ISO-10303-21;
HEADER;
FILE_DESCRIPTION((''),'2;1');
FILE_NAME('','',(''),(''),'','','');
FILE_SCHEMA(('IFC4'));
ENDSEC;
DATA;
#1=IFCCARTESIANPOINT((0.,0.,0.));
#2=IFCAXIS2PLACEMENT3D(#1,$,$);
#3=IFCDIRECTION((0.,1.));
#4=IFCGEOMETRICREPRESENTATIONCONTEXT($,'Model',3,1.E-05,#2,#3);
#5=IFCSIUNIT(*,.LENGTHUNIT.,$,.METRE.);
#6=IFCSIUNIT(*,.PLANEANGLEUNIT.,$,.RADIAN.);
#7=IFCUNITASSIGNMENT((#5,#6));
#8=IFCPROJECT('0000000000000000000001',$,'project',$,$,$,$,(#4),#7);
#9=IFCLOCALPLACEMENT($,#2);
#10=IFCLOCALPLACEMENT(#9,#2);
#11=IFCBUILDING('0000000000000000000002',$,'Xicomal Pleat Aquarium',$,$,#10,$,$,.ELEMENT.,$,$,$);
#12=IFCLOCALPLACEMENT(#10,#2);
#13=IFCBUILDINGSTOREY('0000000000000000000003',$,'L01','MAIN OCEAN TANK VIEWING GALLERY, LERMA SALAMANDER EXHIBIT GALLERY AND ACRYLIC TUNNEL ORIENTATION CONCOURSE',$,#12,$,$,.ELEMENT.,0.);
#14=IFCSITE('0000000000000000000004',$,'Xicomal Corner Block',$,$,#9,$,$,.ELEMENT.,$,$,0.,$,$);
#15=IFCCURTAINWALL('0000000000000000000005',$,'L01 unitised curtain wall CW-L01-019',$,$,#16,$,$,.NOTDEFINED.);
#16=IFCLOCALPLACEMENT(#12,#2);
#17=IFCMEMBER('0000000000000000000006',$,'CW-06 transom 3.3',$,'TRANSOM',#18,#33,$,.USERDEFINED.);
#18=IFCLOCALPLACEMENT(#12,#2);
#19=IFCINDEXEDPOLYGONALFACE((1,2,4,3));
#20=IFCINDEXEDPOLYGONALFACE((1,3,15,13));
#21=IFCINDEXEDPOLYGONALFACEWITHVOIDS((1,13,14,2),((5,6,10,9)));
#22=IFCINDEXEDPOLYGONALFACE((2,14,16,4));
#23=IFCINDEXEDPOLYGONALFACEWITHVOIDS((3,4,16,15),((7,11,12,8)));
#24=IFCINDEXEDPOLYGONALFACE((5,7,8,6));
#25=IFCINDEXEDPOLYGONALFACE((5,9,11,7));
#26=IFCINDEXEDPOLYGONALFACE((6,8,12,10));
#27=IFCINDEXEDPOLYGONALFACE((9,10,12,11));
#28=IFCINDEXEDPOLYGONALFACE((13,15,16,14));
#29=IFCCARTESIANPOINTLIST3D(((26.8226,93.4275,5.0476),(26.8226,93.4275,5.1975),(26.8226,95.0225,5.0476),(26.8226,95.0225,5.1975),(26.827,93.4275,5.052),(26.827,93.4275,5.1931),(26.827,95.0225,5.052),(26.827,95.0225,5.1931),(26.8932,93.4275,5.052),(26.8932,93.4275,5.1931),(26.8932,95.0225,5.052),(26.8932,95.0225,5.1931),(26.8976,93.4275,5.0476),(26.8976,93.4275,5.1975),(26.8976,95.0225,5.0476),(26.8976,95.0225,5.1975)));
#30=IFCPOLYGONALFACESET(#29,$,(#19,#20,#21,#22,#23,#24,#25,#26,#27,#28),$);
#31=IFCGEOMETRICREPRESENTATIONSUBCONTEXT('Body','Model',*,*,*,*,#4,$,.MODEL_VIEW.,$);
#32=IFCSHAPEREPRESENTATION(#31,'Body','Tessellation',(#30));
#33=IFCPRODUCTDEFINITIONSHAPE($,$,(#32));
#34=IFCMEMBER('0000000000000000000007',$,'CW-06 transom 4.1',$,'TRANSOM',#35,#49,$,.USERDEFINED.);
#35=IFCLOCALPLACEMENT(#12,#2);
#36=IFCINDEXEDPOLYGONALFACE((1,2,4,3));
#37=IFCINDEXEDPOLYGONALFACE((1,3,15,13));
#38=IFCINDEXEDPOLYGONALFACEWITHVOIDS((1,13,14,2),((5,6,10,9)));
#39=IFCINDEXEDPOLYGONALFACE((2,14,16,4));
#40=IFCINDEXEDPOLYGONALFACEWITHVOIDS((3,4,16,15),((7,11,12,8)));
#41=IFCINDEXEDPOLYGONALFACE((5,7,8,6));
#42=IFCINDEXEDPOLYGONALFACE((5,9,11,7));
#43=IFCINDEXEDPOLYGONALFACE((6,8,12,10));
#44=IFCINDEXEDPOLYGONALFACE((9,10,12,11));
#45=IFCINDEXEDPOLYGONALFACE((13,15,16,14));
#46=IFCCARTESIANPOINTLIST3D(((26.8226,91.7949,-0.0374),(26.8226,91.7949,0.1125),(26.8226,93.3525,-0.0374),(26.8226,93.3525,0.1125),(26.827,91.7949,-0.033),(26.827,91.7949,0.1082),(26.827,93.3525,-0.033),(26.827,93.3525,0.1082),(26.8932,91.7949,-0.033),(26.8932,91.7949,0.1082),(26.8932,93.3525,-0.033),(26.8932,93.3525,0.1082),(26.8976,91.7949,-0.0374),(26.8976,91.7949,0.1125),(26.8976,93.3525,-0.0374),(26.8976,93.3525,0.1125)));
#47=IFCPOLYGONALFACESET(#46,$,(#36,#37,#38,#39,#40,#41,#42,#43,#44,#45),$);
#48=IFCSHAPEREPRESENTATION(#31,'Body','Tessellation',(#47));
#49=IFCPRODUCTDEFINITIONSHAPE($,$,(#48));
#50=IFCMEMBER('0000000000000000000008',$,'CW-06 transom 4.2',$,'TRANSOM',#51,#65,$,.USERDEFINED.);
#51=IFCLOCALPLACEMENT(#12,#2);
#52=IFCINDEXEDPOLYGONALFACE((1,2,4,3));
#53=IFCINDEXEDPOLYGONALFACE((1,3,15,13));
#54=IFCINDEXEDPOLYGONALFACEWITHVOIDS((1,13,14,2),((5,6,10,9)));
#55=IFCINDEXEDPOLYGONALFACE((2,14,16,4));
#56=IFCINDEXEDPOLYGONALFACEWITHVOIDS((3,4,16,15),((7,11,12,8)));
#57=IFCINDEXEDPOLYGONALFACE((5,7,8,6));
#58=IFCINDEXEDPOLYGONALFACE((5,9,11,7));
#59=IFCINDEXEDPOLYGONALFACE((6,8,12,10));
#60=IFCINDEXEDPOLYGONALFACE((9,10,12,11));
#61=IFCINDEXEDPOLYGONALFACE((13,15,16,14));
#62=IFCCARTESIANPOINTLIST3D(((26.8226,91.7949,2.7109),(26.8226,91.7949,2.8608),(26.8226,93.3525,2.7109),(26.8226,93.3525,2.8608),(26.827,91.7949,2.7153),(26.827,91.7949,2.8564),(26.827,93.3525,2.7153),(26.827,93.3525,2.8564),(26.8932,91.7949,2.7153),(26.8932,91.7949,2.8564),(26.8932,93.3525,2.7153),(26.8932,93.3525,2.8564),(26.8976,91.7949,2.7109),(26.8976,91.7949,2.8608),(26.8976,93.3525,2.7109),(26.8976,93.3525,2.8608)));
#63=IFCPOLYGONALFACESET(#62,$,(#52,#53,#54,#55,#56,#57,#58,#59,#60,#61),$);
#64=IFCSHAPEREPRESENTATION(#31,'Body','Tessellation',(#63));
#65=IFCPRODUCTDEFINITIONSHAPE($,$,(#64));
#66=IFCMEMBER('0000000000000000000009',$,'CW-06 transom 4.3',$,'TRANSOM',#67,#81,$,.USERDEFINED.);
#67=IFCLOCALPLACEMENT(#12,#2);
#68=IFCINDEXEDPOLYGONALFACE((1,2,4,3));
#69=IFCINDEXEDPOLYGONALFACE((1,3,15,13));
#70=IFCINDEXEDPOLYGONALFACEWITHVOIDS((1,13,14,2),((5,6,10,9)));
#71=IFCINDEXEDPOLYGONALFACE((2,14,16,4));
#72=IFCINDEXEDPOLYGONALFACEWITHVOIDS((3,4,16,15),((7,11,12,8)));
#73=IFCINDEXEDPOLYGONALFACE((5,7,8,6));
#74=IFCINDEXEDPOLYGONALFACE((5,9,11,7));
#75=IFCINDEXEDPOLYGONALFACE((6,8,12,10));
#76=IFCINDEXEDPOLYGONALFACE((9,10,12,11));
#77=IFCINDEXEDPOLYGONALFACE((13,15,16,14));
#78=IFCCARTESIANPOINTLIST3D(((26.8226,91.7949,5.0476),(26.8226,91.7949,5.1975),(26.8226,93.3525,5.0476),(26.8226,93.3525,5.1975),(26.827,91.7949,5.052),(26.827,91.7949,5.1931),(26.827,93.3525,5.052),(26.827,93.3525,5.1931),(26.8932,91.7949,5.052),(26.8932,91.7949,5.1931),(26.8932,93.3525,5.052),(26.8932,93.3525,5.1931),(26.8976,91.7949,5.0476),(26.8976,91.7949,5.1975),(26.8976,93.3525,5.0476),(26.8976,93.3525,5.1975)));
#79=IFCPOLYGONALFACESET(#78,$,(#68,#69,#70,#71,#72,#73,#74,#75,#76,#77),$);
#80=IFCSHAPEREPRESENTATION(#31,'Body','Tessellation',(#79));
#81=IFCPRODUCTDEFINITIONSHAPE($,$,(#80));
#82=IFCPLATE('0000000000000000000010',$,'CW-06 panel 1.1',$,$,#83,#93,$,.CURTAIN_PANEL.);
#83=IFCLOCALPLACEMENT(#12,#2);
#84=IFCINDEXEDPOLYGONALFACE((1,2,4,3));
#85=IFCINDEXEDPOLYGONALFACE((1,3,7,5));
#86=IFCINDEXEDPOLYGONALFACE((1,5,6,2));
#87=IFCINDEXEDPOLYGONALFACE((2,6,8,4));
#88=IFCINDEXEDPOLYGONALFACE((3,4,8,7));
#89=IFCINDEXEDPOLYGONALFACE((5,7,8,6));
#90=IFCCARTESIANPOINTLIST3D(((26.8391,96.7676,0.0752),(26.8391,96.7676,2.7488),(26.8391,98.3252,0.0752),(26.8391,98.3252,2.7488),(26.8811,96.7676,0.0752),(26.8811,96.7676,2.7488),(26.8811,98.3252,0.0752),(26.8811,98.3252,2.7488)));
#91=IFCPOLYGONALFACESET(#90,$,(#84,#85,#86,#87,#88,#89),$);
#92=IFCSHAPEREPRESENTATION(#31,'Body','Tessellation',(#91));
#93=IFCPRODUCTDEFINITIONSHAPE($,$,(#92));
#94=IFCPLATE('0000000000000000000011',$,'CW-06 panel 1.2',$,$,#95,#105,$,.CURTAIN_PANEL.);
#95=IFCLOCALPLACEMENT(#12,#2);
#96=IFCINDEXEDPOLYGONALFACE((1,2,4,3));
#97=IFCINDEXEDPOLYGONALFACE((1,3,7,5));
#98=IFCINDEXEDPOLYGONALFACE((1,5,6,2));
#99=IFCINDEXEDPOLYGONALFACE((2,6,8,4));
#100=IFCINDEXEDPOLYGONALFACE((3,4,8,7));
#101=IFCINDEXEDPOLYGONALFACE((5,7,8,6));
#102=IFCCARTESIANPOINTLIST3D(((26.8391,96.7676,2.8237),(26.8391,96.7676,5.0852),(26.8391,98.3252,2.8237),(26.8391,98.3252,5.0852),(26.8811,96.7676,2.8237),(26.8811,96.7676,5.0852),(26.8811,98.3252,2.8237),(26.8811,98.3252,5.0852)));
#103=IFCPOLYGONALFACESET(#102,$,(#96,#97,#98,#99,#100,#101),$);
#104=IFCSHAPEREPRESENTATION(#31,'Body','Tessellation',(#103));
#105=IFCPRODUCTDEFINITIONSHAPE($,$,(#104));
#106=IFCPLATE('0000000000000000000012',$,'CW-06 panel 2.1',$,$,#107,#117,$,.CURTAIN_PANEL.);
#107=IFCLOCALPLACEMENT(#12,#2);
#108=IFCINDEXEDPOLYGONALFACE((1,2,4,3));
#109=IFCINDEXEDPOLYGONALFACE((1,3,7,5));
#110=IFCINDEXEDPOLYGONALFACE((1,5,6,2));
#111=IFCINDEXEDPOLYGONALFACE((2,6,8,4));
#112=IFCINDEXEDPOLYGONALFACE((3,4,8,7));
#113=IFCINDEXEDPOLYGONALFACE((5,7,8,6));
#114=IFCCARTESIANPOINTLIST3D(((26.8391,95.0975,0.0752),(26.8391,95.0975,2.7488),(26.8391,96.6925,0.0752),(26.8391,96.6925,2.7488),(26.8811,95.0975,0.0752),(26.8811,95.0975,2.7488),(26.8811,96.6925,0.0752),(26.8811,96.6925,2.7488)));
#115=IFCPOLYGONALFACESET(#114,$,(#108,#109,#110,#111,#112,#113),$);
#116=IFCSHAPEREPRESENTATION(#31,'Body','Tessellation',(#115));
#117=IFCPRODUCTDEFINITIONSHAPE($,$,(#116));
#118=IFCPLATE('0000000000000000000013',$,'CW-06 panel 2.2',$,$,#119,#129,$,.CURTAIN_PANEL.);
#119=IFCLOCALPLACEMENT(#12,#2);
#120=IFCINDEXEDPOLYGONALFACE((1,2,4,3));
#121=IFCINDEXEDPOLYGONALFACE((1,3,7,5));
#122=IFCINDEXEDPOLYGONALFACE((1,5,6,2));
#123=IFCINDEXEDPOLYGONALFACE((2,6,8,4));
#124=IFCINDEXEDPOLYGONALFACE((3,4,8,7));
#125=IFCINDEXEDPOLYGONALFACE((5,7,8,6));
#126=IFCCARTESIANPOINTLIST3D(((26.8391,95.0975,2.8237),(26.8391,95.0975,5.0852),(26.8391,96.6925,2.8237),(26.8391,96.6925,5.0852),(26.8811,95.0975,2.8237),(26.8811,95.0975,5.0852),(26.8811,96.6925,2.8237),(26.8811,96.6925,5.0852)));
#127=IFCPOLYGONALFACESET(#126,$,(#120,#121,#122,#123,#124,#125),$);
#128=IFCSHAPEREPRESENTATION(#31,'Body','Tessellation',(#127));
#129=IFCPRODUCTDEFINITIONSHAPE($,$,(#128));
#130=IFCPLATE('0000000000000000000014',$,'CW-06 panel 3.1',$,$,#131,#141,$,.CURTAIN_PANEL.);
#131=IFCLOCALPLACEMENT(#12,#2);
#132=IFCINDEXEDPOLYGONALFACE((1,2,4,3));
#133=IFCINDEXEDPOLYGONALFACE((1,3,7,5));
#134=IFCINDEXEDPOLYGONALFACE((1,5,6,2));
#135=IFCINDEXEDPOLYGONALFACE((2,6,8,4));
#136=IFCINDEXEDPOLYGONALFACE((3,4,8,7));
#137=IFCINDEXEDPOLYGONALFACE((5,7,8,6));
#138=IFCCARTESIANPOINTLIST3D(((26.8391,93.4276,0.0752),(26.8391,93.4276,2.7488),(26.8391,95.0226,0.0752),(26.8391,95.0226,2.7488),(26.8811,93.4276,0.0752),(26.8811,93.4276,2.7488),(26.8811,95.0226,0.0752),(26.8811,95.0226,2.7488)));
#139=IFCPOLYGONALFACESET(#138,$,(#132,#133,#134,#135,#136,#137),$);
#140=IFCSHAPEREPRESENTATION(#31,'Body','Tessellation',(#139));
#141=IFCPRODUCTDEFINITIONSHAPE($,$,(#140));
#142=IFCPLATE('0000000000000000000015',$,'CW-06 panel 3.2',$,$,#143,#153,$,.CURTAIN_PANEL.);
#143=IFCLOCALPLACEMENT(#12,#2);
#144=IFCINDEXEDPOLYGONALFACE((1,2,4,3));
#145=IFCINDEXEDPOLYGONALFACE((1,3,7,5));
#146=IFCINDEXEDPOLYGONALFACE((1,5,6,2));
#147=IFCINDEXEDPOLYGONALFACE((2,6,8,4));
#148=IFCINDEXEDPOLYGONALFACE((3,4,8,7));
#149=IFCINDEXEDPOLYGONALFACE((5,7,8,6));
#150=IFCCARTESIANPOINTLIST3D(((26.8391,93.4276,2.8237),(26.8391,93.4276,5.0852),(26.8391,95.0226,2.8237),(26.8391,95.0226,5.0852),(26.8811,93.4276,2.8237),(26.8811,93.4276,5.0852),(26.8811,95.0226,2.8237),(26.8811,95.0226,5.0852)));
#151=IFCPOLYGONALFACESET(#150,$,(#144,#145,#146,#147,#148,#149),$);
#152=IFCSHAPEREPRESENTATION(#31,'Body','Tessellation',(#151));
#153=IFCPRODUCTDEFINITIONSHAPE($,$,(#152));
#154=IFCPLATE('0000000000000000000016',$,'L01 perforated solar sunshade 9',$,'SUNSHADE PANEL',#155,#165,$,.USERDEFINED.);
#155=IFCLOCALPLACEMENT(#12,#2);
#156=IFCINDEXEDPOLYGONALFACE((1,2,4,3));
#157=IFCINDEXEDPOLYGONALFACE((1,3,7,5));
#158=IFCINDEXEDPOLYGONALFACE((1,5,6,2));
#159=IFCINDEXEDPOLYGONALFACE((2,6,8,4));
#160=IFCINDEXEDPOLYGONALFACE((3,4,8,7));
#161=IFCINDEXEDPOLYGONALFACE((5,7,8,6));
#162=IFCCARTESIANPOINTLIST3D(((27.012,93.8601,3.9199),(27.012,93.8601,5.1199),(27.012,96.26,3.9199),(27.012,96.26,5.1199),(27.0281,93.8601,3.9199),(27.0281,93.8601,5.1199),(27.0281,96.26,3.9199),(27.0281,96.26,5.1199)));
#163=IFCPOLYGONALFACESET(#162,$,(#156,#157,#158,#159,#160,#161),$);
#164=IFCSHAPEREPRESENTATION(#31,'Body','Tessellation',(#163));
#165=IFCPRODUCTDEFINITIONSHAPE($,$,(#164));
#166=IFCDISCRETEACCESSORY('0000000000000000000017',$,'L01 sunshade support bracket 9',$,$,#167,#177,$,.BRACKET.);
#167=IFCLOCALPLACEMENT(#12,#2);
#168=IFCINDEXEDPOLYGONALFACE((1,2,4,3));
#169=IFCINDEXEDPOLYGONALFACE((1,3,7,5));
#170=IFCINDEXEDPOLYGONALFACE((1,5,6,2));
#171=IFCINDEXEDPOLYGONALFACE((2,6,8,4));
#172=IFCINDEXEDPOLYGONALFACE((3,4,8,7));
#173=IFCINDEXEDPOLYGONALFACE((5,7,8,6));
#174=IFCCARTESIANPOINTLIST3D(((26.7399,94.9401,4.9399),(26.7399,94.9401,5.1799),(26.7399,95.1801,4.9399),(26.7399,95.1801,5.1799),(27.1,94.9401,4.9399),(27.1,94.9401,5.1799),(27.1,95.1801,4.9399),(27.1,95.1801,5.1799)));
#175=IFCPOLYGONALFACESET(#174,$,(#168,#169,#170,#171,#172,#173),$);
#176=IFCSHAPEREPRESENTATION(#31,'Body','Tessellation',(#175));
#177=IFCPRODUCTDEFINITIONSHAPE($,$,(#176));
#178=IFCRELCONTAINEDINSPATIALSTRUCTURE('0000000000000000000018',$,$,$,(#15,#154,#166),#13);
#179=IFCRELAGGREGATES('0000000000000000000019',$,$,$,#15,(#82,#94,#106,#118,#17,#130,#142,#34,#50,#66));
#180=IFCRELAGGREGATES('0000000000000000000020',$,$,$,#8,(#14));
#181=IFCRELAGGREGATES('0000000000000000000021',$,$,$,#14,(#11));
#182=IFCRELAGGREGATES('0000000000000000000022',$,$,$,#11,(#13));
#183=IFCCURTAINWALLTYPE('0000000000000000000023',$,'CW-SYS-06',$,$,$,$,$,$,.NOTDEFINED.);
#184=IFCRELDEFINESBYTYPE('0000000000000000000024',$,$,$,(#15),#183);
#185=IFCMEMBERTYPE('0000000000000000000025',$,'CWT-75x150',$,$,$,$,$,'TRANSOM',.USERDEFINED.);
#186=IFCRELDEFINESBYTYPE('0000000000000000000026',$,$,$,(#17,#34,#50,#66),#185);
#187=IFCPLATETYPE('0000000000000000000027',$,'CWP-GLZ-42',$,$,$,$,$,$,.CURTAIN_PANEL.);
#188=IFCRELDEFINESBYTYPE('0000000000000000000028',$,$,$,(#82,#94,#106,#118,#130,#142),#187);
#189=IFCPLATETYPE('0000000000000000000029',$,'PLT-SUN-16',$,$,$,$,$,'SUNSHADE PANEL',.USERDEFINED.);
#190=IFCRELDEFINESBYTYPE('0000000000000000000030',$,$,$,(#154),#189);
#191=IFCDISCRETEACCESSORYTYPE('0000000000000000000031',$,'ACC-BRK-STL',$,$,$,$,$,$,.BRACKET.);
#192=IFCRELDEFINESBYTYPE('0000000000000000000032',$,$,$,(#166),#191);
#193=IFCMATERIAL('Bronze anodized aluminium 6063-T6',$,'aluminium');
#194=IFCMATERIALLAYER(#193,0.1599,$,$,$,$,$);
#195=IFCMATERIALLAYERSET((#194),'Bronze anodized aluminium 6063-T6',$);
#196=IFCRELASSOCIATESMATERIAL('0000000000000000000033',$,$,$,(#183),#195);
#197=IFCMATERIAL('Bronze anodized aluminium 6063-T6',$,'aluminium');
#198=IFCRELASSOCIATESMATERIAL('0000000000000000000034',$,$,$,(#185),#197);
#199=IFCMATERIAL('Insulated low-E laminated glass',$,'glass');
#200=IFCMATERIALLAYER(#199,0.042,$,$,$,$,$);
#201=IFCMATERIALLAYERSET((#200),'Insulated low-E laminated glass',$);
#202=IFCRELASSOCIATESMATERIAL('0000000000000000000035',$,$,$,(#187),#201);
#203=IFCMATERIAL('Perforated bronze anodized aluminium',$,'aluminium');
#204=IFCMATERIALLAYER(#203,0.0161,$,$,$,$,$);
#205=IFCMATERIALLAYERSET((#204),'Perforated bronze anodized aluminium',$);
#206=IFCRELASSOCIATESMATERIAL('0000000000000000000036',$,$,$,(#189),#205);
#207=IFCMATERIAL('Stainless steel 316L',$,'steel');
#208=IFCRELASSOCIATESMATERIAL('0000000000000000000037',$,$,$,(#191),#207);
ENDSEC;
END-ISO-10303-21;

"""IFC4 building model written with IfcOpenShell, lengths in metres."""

from ifc_helpers import new_model, si_unit, direction, frame, origin, origin_2d, place, context, subcontext, project, spatial, rectangle, hollow_rectangle, extrude, material, layer, layer_set, material_profile, profile_set, type_object, element, aggregate, save


model = new_model("IFC4")

# Units and contexts
model_context = context("Model", 3, precision=1e-05, world=origin(), true_north=direction((0.0, 1.0)))
body_context = subcontext(model_context, "Body", "Model", "MODEL_VIEW")
ifc_project = project(units=[si_unit("LENGTHUNIT", "METRE"), si_unit("PLANEANGLEUNIT", "RADIAN")], contexts=[model_context])

# Site, building, storey
site_placement = place(None, origin())
site = spatial("IfcSite", under=ifc_project, at=site_placement, Name="Xicomal Corner Block", CompositionType="ELEMENT", RefElevation=0.0)
building_placement = place(site_placement, origin())
building = spatial("IfcBuilding", under=site, at=building_placement, Name="Xicomal Pleat Aquarium", CompositionType="ELEMENT")
storey_placement = place(building_placement, origin())
storey = spatial("IfcBuildingStorey", under=building, at=storey_placement, Name="L01", Description="MAIN OCEAN TANK VIEWING GALLERY, LERMA SALAMANDER EXHIBIT GALLERY AND ACRYLIC TUNNEL ORIENTATION CONCOURSE", CompositionType="ELEMENT", Elevation=0.0)

# Curtain wall, members, plates
ifc_material_1 = material(Name="Bronze anodized aluminium 6063-T6", Category="aluminium")
ifc_layer_1 = layer(ifc_material_1, 0.1599)
ifc_layer_set_1 = layer_set([ifc_layer_1], Name="Bronze anodized aluminium 6063-T6")
curtain_wall_type = type_object("IfcCurtainWallType", Name="CW-SYS-06", PredefinedType="NOTDEFINED", material=ifc_layer_set_1)
curtain_wall_placement = place(storey_placement, origin())
curtain_wall = element("IfcCurtainWall", 1, at=curtain_wall_placement, inside=storey, type_object=curtain_wall_type, Name="L01 unitised curtain wall CW-L01-019", PredefinedType="NOTDEFINED")
ifc_material_2 = material(Name="Bronze anodized aluminium 6063-T6", Category="aluminium")
ifc_material_profile_1 = material_profile(ifc_material_2, hollow_rectangle(XDim=0.075, YDim=0.1499, WallThickness=0.0044, at=origin_2d()), Name="ALU TRAN 75x150")
ifc_profile_set_1 = profile_set([ifc_material_profile_1], Name="Bronze anodized aluminium 6063-T6")
member_type_1 = type_object("IfcMemberType", Name="CWT-75x150", ElementType="TRANSOM", PredefinedType="USERDEFINED", material=ifc_profile_set_1)
member_1_placement = place(storey_placement, frame((26.8601, 95.0225, 5.1226), z_axis=(0.0, -1.0, 0.0), x_axis=(1.0, 0.0, 0.0)))
member_1 = element("IfcMember", 2, at=member_1_placement, type_object=member_type_1, Name="CW-06 transom 3.3", ObjectType="TRANSOM", PredefinedType="USERDEFINED", context=body_context, shape_type="SweptSolid", body=[
    extrude(hollow_rectangle(XDim=0.075, YDim=0.1499, WallThickness=0.0044, at=origin_2d()), origin(), (0.0, 0.0, 1.0), 1.595),
])
member_2_placement = place(storey_placement, frame((26.8601, 93.3525, 0.0376), z_axis=(0.0, -1.0, 0.0), x_axis=(1.0, 0.0, 0.0)))
member_2 = element("IfcMember", 3, at=member_2_placement, type_object=member_type_1, Name="CW-06 transom 4.1", ObjectType="TRANSOM", PredefinedType="USERDEFINED", context=body_context, shape_type="SweptSolid", body=[
    extrude(hollow_rectangle(XDim=0.075, YDim=0.1499, WallThickness=0.0044, at=origin_2d()), origin(), (0.0, 0.0, 1.0), 1.5576),
])
member_3_placement = place(storey_placement, frame((26.8601, 93.3525, 2.7859), z_axis=(0.0, -1.0, 0.0), x_axis=(1.0, 0.0, 0.0)))
member_3 = element("IfcMember", 4, at=member_3_placement, type_object=member_type_1, Name="CW-06 transom 4.2", ObjectType="TRANSOM", PredefinedType="USERDEFINED", context=body_context, shape_type="SweptSolid", body=[
    extrude(hollow_rectangle(XDim=0.075, YDim=0.1499, WallThickness=0.0044, at=origin_2d()), origin(), (0.0, 0.0, 1.0), 1.5576),
])
member_4_placement = place(storey_placement, frame((26.8601, 93.3525, 5.1226), z_axis=(0.0, -1.0, 0.0), x_axis=(1.0, 0.0, 0.0)))
member_4 = element("IfcMember", 5, at=member_4_placement, type_object=member_type_1, Name="CW-06 transom 4.3", ObjectType="TRANSOM", PredefinedType="USERDEFINED", context=body_context, shape_type="SweptSolid", body=[
    extrude(hollow_rectangle(XDim=0.075, YDim=0.1499, WallThickness=0.0044, at=origin_2d()), origin(), (0.0, 0.0, 1.0), 1.5576),
])
ifc_material_3 = material(Name="Insulated low-E laminated glass", Category="glass")
ifc_layer_2 = layer(ifc_material_3, 0.042)
ifc_layer_set_2 = layer_set([ifc_layer_2], Name="Insulated low-E laminated glass")
plate_type_1 = type_object("IfcPlateType", Name="CWP-GLZ-42", PredefinedType="CURTAIN_PANEL", material=ifc_layer_set_2)
plate_1_placement = place(storey_placement, frame((26.8601, 97.5464, 0.0752), z_axis=(0.0, 0.0, 1.0), x_axis=(0.0, -1.0, 0.0)))
plate_1 = element("IfcPlate", 6, at=plate_1_placement, type_object=plate_type_1, Name="CW-06 panel 1.1", PredefinedType="CURTAIN_PANEL", context=body_context, shape_type="SweptSolid", body=[
    extrude(rectangle(XDim=1.5576, YDim=0.042, at=origin_2d()), origin(), (0.0, 0.0, 1.0), 2.6736),
])
plate_2_placement = place(storey_placement, frame((26.8601, 97.5464, 2.8237), z_axis=(0.0, 0.0, 1.0), x_axis=(0.0, -1.0, 0.0)))
plate_2 = element("IfcPlate", 7, at=plate_2_placement, type_object=plate_type_1, Name="CW-06 panel 1.2", PredefinedType="CURTAIN_PANEL", context=body_context, shape_type="SweptSolid", body=[
    extrude(rectangle(XDim=1.5576, YDim=0.042, at=origin_2d()), origin(), (0.0, 0.0, 1.0), 2.2615),
])
plate_3_placement = place(storey_placement, frame((26.8601, 95.895, 0.0752), z_axis=(0.0, 0.0, 1.0), x_axis=(0.0, -1.0, 0.0)))
plate_3 = element("IfcPlate", 8, at=plate_3_placement, type_object=plate_type_1, Name="CW-06 panel 2.1", PredefinedType="CURTAIN_PANEL", context=body_context, shape_type="SweptSolid", body=[
    extrude(rectangle(XDim=1.595, YDim=0.042, at=origin_2d()), origin(), (0.0, 0.0, 1.0), 2.6736),
])
plate_4_placement = place(storey_placement, frame((26.8601, 95.895, 2.8237), z_axis=(0.0, 0.0, 1.0), x_axis=(0.0, -1.0, 0.0)))
plate_4 = element("IfcPlate", 9, at=plate_4_placement, type_object=plate_type_1, Name="CW-06 panel 2.2", PredefinedType="CURTAIN_PANEL", context=body_context, shape_type="SweptSolid", body=[
    extrude(rectangle(XDim=1.595, YDim=0.042, at=origin_2d()), origin(), (0.0, 0.0, 1.0), 2.2615),
])
plate_5_placement = place(storey_placement, frame((26.8601, 94.2251, 0.0752), z_axis=(0.0, 0.0, 1.0), x_axis=(0.0, -1.0, 0.0)))
plate_5 = element("IfcPlate", 10, at=plate_5_placement, type_object=plate_type_1, Name="CW-06 panel 3.1", PredefinedType="CURTAIN_PANEL", context=body_context, shape_type="SweptSolid", body=[
    extrude(rectangle(XDim=1.595, YDim=0.042, at=origin_2d()), origin(), (0.0, 0.0, 1.0), 2.6736),
])
plate_6_placement = place(storey_placement, frame((26.8601, 94.2251, 2.8237), z_axis=(0.0, 0.0, 1.0), x_axis=(0.0, -1.0, 0.0)))
plate_6 = element("IfcPlate", 11, at=plate_6_placement, type_object=plate_type_1, Name="CW-06 panel 3.2", PredefinedType="CURTAIN_PANEL", context=body_context, shape_type="SweptSolid", body=[
    extrude(rectangle(XDim=1.595, YDim=0.042, at=origin_2d()), origin(), (0.0, 0.0, 1.0), 2.2615),
])
aggregate(curtain_wall, [plate_1, plate_2, plate_3, plate_4, member_1, plate_5, plate_6, member_2, member_3, member_4])

# Plate
ifc_material_4 = material(Name="Perforated bronze anodized aluminium", Category="aluminium")
ifc_layer_3 = layer(ifc_material_4, 0.0161)
ifc_layer_set_3 = layer_set([ifc_layer_3], Name="Perforated bronze anodized aluminium")
plate_type_2 = type_object("IfcPlateType", Name="PLT-SUN-16", ElementType="SUNSHADE PANEL", PredefinedType="USERDEFINED", material=ifc_layer_set_3)
plate_7_placement = place(storey_placement, frame((27.02, 95.0601, 3.9199), z_axis=(0.0, 0.0, 1.0), x_axis=(0.0, -1.0, 0.0)))
element("IfcPlate", 12, at=plate_7_placement, inside=storey, type_object=plate_type_2, Name="L01 perforated solar sunshade 9", ObjectType="SUNSHADE PANEL", PredefinedType="USERDEFINED", context=body_context, shape_type="SweptSolid", body=[
    extrude(rectangle(XDim=2.3999, YDim=0.0161, at=origin_2d()), origin(), (0.0, 0.0, 1.0), 1.2),
])

# Discrete accessory
ifc_material_5 = material(Name="Stainless steel 316L", Category="steel")
discrete_accessory_type = type_object("IfcDiscreteAccessoryType", Name="ACC-BRK-STL", PredefinedType="BRACKET", material=ifc_material_5)
discrete_accessory_placement = place(storey_placement, frame((26.9199, 95.0601, 4.9399), z_axis=(0.0, 0.0, 1.0), x_axis=(0.0, -1.0, 0.0)))
element("IfcDiscreteAccessory", 13, at=discrete_accessory_placement, inside=storey, type_object=discrete_accessory_type, Name="L01 sunshade support bracket 9", PredefinedType="BRACKET", context=body_context, shape_type="SweptSolid", body=[
    extrude(rectangle(XDim=0.24, YDim=0.3601, at=origin_2d()), origin(), (0.0, 0.0, 1.0), 0.24),
])

save(model, "model.ifc")
